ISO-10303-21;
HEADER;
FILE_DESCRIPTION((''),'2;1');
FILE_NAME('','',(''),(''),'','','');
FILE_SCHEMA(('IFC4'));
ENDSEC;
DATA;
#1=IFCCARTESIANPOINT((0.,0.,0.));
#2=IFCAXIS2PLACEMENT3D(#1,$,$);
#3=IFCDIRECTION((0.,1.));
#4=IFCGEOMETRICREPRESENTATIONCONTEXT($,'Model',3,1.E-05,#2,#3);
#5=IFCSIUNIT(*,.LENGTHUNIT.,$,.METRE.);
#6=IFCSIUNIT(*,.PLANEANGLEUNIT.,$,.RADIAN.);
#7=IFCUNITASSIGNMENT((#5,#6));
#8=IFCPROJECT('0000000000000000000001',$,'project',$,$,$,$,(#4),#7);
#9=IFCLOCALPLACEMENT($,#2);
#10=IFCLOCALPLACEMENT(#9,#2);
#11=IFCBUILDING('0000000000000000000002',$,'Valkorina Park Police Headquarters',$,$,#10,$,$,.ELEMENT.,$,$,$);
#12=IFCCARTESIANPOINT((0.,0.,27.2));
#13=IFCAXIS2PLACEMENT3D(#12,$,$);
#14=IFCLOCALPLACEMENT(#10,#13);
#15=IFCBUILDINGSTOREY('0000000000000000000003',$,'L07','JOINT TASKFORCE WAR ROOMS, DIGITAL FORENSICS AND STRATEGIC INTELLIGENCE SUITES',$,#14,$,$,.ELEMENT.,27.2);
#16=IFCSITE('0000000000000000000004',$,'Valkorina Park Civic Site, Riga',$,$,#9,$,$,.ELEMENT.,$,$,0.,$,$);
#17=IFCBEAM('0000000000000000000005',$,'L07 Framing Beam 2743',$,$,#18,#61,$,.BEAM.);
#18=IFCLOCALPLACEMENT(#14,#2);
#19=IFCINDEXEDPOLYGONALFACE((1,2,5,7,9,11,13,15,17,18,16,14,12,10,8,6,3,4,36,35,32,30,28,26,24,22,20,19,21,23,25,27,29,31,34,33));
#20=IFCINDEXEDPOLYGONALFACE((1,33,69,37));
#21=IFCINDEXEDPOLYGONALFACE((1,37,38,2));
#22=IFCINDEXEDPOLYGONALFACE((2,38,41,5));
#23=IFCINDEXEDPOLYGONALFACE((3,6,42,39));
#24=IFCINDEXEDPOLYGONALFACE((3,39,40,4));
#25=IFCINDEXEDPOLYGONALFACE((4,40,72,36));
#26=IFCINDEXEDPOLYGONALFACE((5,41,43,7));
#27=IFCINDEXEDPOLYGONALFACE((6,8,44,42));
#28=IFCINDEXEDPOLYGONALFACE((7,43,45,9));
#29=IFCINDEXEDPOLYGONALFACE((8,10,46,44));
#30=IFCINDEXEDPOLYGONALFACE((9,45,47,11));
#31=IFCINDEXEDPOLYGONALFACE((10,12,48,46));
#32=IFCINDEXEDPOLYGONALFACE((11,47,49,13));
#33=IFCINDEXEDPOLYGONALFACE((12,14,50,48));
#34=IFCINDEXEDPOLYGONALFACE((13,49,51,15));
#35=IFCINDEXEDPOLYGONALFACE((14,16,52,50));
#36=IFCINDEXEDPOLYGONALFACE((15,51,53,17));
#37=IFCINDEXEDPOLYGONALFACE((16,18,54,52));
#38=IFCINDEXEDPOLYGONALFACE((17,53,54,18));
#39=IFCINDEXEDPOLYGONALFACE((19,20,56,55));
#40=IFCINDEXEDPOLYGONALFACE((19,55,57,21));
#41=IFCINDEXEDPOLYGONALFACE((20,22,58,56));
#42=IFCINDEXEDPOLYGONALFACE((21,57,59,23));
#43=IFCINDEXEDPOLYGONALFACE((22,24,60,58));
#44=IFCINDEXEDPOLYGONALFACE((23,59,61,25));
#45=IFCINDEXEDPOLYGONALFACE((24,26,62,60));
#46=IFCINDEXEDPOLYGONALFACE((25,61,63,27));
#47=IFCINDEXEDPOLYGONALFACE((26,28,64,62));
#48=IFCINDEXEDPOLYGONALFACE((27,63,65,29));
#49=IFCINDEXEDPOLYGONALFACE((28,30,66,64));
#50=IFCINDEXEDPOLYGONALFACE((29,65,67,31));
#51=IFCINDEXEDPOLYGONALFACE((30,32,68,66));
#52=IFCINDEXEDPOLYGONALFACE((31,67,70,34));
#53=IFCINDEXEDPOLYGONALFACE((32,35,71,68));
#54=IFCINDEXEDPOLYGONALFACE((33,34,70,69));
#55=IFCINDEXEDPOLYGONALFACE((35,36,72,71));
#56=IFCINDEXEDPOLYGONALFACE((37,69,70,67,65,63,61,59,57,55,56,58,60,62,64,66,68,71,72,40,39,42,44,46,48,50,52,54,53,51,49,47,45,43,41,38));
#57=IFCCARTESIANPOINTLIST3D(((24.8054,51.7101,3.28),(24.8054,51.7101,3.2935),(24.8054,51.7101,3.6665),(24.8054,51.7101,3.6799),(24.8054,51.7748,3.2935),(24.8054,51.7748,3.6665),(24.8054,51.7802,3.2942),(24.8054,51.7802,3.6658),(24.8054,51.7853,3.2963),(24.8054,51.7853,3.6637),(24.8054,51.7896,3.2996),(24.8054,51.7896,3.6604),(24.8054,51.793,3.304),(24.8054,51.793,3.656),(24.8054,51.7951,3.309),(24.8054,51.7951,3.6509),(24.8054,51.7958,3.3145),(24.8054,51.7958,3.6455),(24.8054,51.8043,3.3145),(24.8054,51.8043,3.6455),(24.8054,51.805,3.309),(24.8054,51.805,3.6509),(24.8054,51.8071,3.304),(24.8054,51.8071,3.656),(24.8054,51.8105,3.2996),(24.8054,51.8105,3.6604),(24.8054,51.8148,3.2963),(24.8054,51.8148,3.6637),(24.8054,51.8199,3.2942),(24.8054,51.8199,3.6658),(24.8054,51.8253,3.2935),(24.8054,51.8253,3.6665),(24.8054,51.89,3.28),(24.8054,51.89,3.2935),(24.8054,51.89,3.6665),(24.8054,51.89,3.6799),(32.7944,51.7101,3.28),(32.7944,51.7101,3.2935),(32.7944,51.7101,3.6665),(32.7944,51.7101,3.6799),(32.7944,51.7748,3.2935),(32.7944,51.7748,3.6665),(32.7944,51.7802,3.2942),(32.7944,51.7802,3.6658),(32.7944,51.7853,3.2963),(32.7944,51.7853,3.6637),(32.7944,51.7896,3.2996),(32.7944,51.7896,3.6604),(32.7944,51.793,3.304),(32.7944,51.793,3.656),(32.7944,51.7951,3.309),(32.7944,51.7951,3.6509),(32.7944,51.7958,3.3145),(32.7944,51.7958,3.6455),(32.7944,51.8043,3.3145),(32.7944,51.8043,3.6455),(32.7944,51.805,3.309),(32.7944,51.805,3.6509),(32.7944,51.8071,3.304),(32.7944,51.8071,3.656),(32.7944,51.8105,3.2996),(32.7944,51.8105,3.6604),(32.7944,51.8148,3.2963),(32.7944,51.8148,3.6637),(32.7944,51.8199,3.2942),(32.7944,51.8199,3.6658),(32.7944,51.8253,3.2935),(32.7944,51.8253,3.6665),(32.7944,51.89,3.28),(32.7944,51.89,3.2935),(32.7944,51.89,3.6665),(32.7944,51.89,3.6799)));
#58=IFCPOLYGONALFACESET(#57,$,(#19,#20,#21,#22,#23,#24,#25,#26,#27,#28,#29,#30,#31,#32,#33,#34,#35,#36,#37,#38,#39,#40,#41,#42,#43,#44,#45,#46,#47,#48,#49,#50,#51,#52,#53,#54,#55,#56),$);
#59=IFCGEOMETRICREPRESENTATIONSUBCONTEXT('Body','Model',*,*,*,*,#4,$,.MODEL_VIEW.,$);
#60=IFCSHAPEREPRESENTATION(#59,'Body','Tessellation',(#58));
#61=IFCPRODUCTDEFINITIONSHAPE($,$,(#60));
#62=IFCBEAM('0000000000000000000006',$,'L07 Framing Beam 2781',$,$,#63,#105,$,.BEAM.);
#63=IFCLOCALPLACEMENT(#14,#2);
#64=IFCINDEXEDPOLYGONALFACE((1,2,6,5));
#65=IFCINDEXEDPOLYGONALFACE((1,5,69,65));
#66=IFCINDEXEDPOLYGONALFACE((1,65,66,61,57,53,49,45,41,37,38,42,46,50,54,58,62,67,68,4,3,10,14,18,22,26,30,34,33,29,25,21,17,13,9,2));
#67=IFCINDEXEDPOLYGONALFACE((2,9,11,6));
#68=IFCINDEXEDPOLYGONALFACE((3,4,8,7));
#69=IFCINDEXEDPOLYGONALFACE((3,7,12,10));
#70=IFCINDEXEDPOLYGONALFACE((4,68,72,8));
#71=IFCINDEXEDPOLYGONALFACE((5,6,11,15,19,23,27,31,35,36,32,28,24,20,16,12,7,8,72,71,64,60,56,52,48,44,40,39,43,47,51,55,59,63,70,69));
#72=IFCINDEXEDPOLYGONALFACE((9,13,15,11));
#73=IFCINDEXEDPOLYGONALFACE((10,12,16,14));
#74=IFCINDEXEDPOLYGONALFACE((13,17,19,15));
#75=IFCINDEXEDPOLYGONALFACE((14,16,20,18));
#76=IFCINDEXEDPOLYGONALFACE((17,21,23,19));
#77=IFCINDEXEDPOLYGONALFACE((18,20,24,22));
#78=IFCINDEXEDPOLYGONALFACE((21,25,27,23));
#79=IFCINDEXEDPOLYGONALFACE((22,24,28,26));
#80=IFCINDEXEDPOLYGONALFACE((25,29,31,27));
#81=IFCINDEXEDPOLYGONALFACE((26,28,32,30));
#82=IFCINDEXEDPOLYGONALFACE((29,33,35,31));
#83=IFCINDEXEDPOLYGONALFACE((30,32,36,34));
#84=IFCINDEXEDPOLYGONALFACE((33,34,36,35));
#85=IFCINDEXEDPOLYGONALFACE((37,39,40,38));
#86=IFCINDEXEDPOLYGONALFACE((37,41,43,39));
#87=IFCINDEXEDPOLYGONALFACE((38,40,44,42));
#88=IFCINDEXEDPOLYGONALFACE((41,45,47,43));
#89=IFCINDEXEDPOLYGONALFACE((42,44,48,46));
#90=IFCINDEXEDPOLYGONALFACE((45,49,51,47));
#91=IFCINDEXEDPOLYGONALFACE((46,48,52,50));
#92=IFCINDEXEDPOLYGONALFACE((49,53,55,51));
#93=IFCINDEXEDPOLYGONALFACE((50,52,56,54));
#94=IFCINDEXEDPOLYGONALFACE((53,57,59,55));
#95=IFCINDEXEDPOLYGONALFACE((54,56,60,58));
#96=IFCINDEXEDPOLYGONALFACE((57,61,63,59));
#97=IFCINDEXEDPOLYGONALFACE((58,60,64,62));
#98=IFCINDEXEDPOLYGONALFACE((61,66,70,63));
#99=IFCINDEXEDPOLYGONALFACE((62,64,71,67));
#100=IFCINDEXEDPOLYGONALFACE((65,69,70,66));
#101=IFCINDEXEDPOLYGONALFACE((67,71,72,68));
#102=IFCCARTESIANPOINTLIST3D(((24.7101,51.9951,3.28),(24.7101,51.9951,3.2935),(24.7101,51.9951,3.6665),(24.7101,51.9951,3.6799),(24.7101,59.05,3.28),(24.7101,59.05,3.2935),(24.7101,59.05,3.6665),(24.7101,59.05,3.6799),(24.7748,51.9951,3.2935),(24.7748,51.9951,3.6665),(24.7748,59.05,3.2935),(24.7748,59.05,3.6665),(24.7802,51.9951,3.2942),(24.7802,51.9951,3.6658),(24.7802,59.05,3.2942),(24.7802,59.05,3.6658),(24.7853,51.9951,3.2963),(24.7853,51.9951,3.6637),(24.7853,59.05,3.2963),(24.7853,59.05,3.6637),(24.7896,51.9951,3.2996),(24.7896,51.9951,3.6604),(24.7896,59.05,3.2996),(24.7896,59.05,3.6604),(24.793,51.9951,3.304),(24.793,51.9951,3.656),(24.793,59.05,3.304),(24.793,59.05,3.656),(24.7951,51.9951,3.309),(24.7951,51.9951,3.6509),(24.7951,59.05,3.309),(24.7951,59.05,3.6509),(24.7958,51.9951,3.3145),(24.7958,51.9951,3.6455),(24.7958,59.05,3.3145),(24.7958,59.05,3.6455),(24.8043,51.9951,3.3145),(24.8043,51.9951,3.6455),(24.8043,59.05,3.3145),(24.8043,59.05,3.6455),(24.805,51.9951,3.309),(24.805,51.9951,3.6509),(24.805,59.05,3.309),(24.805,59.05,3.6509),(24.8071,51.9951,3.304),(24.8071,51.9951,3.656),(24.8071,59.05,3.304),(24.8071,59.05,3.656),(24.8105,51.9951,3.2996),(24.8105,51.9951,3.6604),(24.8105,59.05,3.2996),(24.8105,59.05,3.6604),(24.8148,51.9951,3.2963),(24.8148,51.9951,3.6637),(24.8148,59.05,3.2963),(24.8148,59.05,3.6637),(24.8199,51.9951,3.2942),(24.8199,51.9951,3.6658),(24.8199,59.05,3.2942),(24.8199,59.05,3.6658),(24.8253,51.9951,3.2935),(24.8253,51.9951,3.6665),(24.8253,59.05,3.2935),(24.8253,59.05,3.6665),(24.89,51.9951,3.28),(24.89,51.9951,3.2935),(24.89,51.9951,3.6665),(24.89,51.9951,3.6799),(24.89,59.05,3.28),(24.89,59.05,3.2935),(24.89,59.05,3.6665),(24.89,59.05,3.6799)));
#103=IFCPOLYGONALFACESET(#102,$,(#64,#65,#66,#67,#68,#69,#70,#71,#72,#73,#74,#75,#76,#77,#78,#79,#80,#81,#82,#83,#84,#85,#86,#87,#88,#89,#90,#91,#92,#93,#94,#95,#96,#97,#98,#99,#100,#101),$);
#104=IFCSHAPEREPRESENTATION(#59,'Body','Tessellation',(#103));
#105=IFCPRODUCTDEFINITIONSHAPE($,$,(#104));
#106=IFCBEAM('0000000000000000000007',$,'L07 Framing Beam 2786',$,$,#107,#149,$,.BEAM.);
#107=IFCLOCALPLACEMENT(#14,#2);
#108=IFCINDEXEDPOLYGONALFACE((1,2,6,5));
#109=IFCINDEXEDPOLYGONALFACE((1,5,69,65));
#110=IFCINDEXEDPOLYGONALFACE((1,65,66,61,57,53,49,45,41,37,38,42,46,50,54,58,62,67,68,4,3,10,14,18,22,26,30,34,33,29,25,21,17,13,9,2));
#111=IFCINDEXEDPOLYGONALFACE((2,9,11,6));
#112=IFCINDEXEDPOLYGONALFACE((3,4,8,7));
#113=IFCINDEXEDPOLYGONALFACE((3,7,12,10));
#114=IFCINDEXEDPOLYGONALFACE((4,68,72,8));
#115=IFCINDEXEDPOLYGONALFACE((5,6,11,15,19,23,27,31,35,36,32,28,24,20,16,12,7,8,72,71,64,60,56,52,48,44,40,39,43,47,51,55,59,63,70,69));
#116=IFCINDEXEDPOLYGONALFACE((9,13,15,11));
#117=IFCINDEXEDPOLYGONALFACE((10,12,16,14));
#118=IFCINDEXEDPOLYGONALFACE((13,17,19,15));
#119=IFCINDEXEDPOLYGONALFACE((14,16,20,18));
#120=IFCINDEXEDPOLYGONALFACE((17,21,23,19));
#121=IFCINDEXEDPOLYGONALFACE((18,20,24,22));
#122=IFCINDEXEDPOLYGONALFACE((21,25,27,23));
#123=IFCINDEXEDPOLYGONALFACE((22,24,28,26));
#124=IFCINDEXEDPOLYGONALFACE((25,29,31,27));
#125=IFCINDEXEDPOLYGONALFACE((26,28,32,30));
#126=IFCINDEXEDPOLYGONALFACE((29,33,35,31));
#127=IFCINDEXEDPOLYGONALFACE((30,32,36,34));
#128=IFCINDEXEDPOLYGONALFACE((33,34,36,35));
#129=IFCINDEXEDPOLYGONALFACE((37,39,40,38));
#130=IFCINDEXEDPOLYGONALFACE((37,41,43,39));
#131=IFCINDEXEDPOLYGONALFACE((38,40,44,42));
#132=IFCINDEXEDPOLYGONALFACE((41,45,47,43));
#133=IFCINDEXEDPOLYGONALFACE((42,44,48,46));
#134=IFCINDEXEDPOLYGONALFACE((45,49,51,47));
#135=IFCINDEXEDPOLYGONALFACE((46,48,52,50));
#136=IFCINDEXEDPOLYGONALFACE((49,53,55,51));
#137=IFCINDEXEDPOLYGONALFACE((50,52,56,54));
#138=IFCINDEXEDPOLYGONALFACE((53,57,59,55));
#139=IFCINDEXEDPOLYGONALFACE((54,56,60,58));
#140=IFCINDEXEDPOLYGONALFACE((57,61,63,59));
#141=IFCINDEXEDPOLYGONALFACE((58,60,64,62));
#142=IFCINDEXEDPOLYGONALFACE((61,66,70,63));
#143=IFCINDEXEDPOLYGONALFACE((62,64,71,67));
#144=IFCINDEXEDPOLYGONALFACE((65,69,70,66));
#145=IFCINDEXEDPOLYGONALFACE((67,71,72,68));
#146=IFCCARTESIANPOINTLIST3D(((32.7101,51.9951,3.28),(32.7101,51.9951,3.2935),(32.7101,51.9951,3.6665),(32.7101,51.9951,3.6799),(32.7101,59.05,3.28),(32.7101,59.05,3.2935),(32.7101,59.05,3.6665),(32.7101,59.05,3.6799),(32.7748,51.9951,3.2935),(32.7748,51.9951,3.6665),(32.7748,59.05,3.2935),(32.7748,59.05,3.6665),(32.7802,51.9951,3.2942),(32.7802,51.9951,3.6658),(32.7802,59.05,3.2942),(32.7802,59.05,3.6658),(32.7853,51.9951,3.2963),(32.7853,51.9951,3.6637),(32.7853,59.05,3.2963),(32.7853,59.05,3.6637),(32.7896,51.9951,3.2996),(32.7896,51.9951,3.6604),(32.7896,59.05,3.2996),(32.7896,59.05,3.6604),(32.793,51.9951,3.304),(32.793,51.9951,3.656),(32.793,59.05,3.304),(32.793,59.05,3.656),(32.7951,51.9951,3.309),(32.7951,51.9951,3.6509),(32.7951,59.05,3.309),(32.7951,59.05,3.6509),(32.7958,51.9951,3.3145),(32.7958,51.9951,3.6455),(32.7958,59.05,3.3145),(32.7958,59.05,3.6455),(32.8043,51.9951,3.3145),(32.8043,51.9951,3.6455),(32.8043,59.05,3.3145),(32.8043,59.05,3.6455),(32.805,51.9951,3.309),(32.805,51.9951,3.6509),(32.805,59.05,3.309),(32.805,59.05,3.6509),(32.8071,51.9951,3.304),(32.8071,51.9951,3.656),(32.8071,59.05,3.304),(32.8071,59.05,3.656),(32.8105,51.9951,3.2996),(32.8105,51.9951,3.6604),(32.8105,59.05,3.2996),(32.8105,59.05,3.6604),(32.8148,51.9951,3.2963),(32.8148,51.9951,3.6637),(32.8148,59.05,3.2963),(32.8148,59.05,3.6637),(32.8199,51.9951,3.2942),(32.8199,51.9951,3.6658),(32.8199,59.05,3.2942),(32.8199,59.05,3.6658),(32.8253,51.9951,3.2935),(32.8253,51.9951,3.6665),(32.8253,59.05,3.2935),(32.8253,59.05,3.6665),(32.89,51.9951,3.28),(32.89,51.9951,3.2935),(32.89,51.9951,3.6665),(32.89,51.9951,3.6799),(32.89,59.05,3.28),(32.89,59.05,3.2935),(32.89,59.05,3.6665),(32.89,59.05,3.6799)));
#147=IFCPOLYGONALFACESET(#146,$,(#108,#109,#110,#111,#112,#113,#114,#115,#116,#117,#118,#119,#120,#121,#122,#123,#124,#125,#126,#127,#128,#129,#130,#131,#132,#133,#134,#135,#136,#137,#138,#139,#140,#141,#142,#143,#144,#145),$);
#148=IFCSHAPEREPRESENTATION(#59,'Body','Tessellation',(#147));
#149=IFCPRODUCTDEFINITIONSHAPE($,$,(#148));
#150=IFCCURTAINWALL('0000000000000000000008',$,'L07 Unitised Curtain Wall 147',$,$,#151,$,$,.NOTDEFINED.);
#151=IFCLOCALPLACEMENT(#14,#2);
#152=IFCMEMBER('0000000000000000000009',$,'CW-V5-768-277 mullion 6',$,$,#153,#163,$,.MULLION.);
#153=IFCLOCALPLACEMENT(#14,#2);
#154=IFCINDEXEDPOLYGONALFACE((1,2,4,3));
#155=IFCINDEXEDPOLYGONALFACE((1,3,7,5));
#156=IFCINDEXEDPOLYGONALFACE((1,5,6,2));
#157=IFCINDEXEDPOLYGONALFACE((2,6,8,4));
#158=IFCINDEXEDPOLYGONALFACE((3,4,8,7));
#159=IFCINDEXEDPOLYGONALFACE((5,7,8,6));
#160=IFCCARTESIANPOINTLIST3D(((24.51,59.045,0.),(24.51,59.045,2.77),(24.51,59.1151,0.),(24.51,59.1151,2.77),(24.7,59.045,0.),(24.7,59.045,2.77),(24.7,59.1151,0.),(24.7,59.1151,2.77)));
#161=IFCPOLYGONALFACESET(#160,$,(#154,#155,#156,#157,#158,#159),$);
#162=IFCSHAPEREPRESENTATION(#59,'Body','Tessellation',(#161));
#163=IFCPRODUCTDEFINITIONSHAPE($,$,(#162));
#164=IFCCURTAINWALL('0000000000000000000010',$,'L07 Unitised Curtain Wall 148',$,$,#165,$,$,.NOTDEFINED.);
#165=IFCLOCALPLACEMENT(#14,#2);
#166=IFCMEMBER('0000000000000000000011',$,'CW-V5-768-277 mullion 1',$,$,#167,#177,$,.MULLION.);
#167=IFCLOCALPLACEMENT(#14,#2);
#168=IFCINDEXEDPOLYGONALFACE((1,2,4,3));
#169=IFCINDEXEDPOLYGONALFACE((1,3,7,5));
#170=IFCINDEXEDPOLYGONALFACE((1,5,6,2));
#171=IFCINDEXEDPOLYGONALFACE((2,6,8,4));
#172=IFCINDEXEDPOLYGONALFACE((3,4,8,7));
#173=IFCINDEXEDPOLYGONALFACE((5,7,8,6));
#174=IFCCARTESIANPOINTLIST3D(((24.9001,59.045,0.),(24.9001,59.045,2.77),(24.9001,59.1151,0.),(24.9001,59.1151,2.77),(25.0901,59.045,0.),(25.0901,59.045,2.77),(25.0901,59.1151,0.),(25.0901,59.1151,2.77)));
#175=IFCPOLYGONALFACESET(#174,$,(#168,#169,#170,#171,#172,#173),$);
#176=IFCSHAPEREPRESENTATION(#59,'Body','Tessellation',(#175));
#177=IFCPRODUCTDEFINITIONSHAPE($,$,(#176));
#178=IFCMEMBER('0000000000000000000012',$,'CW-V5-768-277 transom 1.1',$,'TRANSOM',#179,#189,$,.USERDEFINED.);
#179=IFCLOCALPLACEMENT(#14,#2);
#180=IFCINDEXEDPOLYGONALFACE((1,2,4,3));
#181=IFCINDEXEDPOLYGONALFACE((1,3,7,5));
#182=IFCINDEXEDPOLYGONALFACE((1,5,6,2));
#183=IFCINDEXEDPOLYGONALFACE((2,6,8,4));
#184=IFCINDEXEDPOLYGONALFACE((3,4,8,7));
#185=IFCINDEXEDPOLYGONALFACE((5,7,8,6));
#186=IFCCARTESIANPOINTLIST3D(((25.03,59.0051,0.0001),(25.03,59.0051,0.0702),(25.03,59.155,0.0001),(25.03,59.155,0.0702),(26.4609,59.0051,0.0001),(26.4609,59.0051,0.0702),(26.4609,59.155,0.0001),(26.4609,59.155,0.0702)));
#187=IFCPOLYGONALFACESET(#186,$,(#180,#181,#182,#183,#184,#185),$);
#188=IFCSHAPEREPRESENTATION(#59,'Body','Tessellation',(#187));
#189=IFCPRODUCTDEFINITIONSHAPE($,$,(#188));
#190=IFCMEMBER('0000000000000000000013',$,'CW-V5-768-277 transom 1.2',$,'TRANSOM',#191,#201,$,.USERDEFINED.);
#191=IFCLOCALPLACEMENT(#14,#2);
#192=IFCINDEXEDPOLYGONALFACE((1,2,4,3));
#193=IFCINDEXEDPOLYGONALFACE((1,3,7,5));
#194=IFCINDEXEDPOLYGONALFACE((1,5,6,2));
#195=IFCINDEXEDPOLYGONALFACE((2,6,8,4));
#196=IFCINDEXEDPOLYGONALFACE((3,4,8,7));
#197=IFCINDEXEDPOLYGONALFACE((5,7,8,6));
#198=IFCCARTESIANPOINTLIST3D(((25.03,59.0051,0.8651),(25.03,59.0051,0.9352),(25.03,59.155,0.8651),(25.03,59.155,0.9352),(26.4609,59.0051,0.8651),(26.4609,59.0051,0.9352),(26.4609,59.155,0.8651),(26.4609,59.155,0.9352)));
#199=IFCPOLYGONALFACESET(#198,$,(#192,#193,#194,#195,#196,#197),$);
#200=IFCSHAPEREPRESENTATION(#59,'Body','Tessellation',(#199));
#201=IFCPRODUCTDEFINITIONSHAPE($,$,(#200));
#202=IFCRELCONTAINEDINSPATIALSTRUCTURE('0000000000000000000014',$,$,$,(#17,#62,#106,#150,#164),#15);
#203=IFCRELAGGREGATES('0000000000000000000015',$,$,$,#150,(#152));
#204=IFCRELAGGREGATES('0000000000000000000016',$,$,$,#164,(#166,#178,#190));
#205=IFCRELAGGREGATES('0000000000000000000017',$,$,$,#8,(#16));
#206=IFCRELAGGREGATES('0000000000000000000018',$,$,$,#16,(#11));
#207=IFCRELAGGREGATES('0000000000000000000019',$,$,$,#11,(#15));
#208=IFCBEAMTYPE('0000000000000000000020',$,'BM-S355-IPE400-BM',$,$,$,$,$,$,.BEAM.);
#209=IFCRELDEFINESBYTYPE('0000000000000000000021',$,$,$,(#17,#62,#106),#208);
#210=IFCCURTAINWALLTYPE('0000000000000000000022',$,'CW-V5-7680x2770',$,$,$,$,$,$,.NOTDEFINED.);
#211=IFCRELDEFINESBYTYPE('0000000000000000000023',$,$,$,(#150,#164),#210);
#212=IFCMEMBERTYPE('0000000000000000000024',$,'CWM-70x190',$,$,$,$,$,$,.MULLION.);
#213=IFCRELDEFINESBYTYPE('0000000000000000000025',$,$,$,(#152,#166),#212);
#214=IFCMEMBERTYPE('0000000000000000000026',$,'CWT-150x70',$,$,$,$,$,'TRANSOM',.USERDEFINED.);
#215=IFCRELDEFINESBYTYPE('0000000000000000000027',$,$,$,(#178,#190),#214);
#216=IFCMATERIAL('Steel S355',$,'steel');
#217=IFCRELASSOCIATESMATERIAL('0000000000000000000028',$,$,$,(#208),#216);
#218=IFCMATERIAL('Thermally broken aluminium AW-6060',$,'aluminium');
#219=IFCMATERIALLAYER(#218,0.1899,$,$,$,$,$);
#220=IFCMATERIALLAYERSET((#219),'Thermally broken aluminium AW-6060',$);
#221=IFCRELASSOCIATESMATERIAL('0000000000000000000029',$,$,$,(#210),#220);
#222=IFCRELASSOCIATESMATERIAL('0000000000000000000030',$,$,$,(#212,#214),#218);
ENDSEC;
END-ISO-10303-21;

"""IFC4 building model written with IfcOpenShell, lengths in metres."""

from ifc_helpers import new_model, si_unit, direction, frame, origin, origin_2d, place, context, subcontext, project, spatial, rectangle, i_section, extrude, material, layer, layer_set, material_profile, profile_set, type_object, element, aggregate, save


model = new_model("IFC4")

# Units and contexts
model_context = context("Model", 3, precision=1e-05, world=origin(), true_north=direction((0.0, 1.0)))
body_context = subcontext(model_context, "Body", "Model", "MODEL_VIEW")
ifc_project = project(units=[si_unit("LENGTHUNIT", "METRE"), si_unit("PLANEANGLEUNIT", "RADIAN")], contexts=[model_context])

# Site, building, storey
site_placement = place(None, origin())
site = spatial("IfcSite", under=ifc_project, at=site_placement, Name="Valkorina Park Civic Site, Riga", CompositionType="ELEMENT", RefElevation=0.0)
building_placement = place(site_placement, origin())
building = spatial("IfcBuilding", under=site, at=building_placement, Name="Valkorina Park Police Headquarters", CompositionType="ELEMENT")
storey_placement = place(building_placement, frame((0.0, 0.0, 27.2)))
storey = spatial("IfcBuildingStorey", under=building, at=storey_placement, Name="L07", Description="JOINT TASKFORCE WAR ROOMS, DIGITAL FORENSICS AND STRATEGIC INTELLIGENCE SUITES", CompositionType="ELEMENT", Elevation=27.2)

# Shared definitions
ifc_material_1 = material(Name="Steel S355", Category="steel")

# Beams
ifc_material_profile_1 = material_profile(ifc_material_1, i_section(OverallWidth=0.1799, OverallDepth=0.3999, WebThickness=0.0085, FlangeThickness=0.0134, FilletRadius=0.021, at=origin_2d()), Name="IPE 400")
ifc_profile_set_1 = profile_set([ifc_material_profile_1], Name="Steel S355")
beam_type_1 = type_object("IfcBeamType", Name="BM-S355-IPE400-BM", PredefinedType="BEAM", material=ifc_profile_set_1)
beam_placement = place(storey_placement, frame((24.8054, 51.8, 3.48), z_axis=(1.0, 0.0, 0.0), x_axis=(0.0, 1.0, 0.0)))
element("IfcBeam", 1, at=beam_placement, inside=storey, type_object=beam_type_1, Name="L07 Framing Beam 2743", PredefinedType="BEAM", context=body_context, shape_type="SweptSolid", body=[
    extrude(i_section(OverallWidth=0.1799, OverallDepth=0.3999, WebThickness=0.0085, FlangeThickness=0.0134, FilletRadius=0.021, at=origin_2d()), origin(), (0.0, 0.0, 1.0), 7.989),
])
for number, where, z_axis, x_axis, name in (
    (2, (24.8, 51.9951, 3.48), (0.0, 1.0, 0.0), (-1.0, 0.0, 0.0), "L07 Framing Beam 2781"),
    (3, (32.8, 51.9951, 3.48), (0.0, 1.0, 0.0), (-1.0, 0.0, 0.0), "L07 Framing Beam 2786"),
):
    element("IfcBeam", number, at=place(storey_placement, frame(where, z_axis=z_axis, x_axis=x_axis)), inside=storey, type_object=beam_type_1, Name=name, PredefinedType="BEAM", context=body_context, shape_type="SweptSolid", body=[
        extrude(i_section(OverallWidth=0.1799, OverallDepth=0.3999, WebThickness=0.0085, FlangeThickness=0.0134, FilletRadius=0.021, at=origin_2d()), origin(), (0.0, 0.0, 1.0), 7.0549),
    ])

# Curtain wall, member
ifc_material_2 = material(Name="Thermally broken aluminium AW-6060", Category="aluminium")
ifc_layer_1 = layer(ifc_material_2, 0.1899)
ifc_layer_set_1 = layer_set([ifc_layer_1], Name="Thermally broken aluminium AW-6060")
curtain_wall_type = type_object("IfcCurtainWallType", Name="CW-V5-7680x2770", PredefinedType="NOTDEFINED", material=ifc_layer_set_1)
curtain_wall_1_placement = place(storey_placement, origin())
curtain_wall_1 = element("IfcCurtainWall", 4, at=curtain_wall_1_placement, inside=storey, type_object=curtain_wall_type, Name="L07 Unitised Curtain Wall 147", PredefinedType="NOTDEFINED")
ifc_material_profile_2 = material_profile(ifc_material_2, rectangle(XDim=0.0701, YDim=0.1899, at=origin_2d()), Name="CWM-02 70x190")
ifc_profile_set_2 = profile_set([ifc_material_profile_2], Name="Thermally broken aluminium AW-6060")
member_type_1 = type_object("IfcMemberType", Name="CWM-70x190", PredefinedType="MULLION", material=ifc_profile_set_2)
member_1_placement = place(storey_placement, frame((24.605, 59.0801, 0.0), z_axis=(0.0, 0.0, 1.0), x_axis=(0.0, 1.0, 0.0)))
member_1 = element("IfcMember", 5, at=member_1_placement, type_object=member_type_1, Name="CW-V5-768-277 mullion 6", PredefinedType="MULLION", context=body_context, shape_type="SweptSolid", body=[
    extrude(rectangle(XDim=0.0701, YDim=0.1899, at=origin_2d()), origin(), (0.0, 0.0, 1.0), 2.77),
])

# Curtain wall, members
curtain_wall_2_placement = place(storey_placement, origin())
curtain_wall_2 = element("IfcCurtainWall", 6, at=curtain_wall_2_placement, inside=storey, type_object=curtain_wall_type, Name="L07 Unitised Curtain Wall 148", PredefinedType="NOTDEFINED")
member_2_placement = place(storey_placement, frame((24.9951, 59.0801, 0.0), z_axis=(0.0, 0.0, 1.0), x_axis=(0.0, 1.0, 0.0)))
member_2 = element("IfcMember", 7, at=member_2_placement, type_object=member_type_1, Name="CW-V5-768-277 mullion 1", PredefinedType="MULLION", context=body_context, shape_type="SweptSolid", body=[
    extrude(rectangle(XDim=0.0701, YDim=0.1899, at=origin_2d()), origin(), (0.0, 0.0, 1.0), 2.77),
])
ifc_material_profile_3 = material_profile(ifc_material_2, rectangle(XDim=0.1499, YDim=0.0701, at=origin_2d()), Name="CWT-02 150x70")
ifc_profile_set_3 = profile_set([ifc_material_profile_3], Name="Thermally broken aluminium AW-6060")
member_type_2 = type_object("IfcMemberType", Name="CWT-150x70", ElementType="TRANSOM", PredefinedType="USERDEFINED", material=ifc_profile_set_3)
member_3_placement = place(storey_placement, frame((25.03, 59.0801, 0.0352), z_axis=(1.0, 0.0, 0.0), x_axis=(0.0, 1.0, 0.0)))
member_3 = element("IfcMember", 8, at=member_3_placement, type_object=member_type_2, Name="CW-V5-768-277 transom 1.1", ObjectType="TRANSOM", PredefinedType="USERDEFINED", context=body_context, shape_type="SweptSolid", body=[
    extrude(rectangle(XDim=0.1499, YDim=0.0701, at=origin_2d()), origin(), (0.0, 0.0, 1.0), 1.4309),
])
member_4_placement = place(storey_placement, frame((25.03, 59.0801, 0.9001), z_axis=(1.0, 0.0, 0.0), x_axis=(0.0, 1.0, 0.0)))
member_4 = element("IfcMember", 9, at=member_4_placement, type_object=member_type_2, Name="CW-V5-768-277 transom 1.2", ObjectType="TRANSOM", PredefinedType="USERDEFINED", context=body_context, shape_type="SweptSolid", body=[
    extrude(rectangle(XDim=0.1499, YDim=0.0701, at=origin_2d()), origin(), (0.0, 0.0, 1.0), 1.4309),
])

aggregate(curtain_wall_1, [member_1])
aggregate(curtain_wall_2, [member_2, member_3, member_4])

save(model, "model.ifc")
